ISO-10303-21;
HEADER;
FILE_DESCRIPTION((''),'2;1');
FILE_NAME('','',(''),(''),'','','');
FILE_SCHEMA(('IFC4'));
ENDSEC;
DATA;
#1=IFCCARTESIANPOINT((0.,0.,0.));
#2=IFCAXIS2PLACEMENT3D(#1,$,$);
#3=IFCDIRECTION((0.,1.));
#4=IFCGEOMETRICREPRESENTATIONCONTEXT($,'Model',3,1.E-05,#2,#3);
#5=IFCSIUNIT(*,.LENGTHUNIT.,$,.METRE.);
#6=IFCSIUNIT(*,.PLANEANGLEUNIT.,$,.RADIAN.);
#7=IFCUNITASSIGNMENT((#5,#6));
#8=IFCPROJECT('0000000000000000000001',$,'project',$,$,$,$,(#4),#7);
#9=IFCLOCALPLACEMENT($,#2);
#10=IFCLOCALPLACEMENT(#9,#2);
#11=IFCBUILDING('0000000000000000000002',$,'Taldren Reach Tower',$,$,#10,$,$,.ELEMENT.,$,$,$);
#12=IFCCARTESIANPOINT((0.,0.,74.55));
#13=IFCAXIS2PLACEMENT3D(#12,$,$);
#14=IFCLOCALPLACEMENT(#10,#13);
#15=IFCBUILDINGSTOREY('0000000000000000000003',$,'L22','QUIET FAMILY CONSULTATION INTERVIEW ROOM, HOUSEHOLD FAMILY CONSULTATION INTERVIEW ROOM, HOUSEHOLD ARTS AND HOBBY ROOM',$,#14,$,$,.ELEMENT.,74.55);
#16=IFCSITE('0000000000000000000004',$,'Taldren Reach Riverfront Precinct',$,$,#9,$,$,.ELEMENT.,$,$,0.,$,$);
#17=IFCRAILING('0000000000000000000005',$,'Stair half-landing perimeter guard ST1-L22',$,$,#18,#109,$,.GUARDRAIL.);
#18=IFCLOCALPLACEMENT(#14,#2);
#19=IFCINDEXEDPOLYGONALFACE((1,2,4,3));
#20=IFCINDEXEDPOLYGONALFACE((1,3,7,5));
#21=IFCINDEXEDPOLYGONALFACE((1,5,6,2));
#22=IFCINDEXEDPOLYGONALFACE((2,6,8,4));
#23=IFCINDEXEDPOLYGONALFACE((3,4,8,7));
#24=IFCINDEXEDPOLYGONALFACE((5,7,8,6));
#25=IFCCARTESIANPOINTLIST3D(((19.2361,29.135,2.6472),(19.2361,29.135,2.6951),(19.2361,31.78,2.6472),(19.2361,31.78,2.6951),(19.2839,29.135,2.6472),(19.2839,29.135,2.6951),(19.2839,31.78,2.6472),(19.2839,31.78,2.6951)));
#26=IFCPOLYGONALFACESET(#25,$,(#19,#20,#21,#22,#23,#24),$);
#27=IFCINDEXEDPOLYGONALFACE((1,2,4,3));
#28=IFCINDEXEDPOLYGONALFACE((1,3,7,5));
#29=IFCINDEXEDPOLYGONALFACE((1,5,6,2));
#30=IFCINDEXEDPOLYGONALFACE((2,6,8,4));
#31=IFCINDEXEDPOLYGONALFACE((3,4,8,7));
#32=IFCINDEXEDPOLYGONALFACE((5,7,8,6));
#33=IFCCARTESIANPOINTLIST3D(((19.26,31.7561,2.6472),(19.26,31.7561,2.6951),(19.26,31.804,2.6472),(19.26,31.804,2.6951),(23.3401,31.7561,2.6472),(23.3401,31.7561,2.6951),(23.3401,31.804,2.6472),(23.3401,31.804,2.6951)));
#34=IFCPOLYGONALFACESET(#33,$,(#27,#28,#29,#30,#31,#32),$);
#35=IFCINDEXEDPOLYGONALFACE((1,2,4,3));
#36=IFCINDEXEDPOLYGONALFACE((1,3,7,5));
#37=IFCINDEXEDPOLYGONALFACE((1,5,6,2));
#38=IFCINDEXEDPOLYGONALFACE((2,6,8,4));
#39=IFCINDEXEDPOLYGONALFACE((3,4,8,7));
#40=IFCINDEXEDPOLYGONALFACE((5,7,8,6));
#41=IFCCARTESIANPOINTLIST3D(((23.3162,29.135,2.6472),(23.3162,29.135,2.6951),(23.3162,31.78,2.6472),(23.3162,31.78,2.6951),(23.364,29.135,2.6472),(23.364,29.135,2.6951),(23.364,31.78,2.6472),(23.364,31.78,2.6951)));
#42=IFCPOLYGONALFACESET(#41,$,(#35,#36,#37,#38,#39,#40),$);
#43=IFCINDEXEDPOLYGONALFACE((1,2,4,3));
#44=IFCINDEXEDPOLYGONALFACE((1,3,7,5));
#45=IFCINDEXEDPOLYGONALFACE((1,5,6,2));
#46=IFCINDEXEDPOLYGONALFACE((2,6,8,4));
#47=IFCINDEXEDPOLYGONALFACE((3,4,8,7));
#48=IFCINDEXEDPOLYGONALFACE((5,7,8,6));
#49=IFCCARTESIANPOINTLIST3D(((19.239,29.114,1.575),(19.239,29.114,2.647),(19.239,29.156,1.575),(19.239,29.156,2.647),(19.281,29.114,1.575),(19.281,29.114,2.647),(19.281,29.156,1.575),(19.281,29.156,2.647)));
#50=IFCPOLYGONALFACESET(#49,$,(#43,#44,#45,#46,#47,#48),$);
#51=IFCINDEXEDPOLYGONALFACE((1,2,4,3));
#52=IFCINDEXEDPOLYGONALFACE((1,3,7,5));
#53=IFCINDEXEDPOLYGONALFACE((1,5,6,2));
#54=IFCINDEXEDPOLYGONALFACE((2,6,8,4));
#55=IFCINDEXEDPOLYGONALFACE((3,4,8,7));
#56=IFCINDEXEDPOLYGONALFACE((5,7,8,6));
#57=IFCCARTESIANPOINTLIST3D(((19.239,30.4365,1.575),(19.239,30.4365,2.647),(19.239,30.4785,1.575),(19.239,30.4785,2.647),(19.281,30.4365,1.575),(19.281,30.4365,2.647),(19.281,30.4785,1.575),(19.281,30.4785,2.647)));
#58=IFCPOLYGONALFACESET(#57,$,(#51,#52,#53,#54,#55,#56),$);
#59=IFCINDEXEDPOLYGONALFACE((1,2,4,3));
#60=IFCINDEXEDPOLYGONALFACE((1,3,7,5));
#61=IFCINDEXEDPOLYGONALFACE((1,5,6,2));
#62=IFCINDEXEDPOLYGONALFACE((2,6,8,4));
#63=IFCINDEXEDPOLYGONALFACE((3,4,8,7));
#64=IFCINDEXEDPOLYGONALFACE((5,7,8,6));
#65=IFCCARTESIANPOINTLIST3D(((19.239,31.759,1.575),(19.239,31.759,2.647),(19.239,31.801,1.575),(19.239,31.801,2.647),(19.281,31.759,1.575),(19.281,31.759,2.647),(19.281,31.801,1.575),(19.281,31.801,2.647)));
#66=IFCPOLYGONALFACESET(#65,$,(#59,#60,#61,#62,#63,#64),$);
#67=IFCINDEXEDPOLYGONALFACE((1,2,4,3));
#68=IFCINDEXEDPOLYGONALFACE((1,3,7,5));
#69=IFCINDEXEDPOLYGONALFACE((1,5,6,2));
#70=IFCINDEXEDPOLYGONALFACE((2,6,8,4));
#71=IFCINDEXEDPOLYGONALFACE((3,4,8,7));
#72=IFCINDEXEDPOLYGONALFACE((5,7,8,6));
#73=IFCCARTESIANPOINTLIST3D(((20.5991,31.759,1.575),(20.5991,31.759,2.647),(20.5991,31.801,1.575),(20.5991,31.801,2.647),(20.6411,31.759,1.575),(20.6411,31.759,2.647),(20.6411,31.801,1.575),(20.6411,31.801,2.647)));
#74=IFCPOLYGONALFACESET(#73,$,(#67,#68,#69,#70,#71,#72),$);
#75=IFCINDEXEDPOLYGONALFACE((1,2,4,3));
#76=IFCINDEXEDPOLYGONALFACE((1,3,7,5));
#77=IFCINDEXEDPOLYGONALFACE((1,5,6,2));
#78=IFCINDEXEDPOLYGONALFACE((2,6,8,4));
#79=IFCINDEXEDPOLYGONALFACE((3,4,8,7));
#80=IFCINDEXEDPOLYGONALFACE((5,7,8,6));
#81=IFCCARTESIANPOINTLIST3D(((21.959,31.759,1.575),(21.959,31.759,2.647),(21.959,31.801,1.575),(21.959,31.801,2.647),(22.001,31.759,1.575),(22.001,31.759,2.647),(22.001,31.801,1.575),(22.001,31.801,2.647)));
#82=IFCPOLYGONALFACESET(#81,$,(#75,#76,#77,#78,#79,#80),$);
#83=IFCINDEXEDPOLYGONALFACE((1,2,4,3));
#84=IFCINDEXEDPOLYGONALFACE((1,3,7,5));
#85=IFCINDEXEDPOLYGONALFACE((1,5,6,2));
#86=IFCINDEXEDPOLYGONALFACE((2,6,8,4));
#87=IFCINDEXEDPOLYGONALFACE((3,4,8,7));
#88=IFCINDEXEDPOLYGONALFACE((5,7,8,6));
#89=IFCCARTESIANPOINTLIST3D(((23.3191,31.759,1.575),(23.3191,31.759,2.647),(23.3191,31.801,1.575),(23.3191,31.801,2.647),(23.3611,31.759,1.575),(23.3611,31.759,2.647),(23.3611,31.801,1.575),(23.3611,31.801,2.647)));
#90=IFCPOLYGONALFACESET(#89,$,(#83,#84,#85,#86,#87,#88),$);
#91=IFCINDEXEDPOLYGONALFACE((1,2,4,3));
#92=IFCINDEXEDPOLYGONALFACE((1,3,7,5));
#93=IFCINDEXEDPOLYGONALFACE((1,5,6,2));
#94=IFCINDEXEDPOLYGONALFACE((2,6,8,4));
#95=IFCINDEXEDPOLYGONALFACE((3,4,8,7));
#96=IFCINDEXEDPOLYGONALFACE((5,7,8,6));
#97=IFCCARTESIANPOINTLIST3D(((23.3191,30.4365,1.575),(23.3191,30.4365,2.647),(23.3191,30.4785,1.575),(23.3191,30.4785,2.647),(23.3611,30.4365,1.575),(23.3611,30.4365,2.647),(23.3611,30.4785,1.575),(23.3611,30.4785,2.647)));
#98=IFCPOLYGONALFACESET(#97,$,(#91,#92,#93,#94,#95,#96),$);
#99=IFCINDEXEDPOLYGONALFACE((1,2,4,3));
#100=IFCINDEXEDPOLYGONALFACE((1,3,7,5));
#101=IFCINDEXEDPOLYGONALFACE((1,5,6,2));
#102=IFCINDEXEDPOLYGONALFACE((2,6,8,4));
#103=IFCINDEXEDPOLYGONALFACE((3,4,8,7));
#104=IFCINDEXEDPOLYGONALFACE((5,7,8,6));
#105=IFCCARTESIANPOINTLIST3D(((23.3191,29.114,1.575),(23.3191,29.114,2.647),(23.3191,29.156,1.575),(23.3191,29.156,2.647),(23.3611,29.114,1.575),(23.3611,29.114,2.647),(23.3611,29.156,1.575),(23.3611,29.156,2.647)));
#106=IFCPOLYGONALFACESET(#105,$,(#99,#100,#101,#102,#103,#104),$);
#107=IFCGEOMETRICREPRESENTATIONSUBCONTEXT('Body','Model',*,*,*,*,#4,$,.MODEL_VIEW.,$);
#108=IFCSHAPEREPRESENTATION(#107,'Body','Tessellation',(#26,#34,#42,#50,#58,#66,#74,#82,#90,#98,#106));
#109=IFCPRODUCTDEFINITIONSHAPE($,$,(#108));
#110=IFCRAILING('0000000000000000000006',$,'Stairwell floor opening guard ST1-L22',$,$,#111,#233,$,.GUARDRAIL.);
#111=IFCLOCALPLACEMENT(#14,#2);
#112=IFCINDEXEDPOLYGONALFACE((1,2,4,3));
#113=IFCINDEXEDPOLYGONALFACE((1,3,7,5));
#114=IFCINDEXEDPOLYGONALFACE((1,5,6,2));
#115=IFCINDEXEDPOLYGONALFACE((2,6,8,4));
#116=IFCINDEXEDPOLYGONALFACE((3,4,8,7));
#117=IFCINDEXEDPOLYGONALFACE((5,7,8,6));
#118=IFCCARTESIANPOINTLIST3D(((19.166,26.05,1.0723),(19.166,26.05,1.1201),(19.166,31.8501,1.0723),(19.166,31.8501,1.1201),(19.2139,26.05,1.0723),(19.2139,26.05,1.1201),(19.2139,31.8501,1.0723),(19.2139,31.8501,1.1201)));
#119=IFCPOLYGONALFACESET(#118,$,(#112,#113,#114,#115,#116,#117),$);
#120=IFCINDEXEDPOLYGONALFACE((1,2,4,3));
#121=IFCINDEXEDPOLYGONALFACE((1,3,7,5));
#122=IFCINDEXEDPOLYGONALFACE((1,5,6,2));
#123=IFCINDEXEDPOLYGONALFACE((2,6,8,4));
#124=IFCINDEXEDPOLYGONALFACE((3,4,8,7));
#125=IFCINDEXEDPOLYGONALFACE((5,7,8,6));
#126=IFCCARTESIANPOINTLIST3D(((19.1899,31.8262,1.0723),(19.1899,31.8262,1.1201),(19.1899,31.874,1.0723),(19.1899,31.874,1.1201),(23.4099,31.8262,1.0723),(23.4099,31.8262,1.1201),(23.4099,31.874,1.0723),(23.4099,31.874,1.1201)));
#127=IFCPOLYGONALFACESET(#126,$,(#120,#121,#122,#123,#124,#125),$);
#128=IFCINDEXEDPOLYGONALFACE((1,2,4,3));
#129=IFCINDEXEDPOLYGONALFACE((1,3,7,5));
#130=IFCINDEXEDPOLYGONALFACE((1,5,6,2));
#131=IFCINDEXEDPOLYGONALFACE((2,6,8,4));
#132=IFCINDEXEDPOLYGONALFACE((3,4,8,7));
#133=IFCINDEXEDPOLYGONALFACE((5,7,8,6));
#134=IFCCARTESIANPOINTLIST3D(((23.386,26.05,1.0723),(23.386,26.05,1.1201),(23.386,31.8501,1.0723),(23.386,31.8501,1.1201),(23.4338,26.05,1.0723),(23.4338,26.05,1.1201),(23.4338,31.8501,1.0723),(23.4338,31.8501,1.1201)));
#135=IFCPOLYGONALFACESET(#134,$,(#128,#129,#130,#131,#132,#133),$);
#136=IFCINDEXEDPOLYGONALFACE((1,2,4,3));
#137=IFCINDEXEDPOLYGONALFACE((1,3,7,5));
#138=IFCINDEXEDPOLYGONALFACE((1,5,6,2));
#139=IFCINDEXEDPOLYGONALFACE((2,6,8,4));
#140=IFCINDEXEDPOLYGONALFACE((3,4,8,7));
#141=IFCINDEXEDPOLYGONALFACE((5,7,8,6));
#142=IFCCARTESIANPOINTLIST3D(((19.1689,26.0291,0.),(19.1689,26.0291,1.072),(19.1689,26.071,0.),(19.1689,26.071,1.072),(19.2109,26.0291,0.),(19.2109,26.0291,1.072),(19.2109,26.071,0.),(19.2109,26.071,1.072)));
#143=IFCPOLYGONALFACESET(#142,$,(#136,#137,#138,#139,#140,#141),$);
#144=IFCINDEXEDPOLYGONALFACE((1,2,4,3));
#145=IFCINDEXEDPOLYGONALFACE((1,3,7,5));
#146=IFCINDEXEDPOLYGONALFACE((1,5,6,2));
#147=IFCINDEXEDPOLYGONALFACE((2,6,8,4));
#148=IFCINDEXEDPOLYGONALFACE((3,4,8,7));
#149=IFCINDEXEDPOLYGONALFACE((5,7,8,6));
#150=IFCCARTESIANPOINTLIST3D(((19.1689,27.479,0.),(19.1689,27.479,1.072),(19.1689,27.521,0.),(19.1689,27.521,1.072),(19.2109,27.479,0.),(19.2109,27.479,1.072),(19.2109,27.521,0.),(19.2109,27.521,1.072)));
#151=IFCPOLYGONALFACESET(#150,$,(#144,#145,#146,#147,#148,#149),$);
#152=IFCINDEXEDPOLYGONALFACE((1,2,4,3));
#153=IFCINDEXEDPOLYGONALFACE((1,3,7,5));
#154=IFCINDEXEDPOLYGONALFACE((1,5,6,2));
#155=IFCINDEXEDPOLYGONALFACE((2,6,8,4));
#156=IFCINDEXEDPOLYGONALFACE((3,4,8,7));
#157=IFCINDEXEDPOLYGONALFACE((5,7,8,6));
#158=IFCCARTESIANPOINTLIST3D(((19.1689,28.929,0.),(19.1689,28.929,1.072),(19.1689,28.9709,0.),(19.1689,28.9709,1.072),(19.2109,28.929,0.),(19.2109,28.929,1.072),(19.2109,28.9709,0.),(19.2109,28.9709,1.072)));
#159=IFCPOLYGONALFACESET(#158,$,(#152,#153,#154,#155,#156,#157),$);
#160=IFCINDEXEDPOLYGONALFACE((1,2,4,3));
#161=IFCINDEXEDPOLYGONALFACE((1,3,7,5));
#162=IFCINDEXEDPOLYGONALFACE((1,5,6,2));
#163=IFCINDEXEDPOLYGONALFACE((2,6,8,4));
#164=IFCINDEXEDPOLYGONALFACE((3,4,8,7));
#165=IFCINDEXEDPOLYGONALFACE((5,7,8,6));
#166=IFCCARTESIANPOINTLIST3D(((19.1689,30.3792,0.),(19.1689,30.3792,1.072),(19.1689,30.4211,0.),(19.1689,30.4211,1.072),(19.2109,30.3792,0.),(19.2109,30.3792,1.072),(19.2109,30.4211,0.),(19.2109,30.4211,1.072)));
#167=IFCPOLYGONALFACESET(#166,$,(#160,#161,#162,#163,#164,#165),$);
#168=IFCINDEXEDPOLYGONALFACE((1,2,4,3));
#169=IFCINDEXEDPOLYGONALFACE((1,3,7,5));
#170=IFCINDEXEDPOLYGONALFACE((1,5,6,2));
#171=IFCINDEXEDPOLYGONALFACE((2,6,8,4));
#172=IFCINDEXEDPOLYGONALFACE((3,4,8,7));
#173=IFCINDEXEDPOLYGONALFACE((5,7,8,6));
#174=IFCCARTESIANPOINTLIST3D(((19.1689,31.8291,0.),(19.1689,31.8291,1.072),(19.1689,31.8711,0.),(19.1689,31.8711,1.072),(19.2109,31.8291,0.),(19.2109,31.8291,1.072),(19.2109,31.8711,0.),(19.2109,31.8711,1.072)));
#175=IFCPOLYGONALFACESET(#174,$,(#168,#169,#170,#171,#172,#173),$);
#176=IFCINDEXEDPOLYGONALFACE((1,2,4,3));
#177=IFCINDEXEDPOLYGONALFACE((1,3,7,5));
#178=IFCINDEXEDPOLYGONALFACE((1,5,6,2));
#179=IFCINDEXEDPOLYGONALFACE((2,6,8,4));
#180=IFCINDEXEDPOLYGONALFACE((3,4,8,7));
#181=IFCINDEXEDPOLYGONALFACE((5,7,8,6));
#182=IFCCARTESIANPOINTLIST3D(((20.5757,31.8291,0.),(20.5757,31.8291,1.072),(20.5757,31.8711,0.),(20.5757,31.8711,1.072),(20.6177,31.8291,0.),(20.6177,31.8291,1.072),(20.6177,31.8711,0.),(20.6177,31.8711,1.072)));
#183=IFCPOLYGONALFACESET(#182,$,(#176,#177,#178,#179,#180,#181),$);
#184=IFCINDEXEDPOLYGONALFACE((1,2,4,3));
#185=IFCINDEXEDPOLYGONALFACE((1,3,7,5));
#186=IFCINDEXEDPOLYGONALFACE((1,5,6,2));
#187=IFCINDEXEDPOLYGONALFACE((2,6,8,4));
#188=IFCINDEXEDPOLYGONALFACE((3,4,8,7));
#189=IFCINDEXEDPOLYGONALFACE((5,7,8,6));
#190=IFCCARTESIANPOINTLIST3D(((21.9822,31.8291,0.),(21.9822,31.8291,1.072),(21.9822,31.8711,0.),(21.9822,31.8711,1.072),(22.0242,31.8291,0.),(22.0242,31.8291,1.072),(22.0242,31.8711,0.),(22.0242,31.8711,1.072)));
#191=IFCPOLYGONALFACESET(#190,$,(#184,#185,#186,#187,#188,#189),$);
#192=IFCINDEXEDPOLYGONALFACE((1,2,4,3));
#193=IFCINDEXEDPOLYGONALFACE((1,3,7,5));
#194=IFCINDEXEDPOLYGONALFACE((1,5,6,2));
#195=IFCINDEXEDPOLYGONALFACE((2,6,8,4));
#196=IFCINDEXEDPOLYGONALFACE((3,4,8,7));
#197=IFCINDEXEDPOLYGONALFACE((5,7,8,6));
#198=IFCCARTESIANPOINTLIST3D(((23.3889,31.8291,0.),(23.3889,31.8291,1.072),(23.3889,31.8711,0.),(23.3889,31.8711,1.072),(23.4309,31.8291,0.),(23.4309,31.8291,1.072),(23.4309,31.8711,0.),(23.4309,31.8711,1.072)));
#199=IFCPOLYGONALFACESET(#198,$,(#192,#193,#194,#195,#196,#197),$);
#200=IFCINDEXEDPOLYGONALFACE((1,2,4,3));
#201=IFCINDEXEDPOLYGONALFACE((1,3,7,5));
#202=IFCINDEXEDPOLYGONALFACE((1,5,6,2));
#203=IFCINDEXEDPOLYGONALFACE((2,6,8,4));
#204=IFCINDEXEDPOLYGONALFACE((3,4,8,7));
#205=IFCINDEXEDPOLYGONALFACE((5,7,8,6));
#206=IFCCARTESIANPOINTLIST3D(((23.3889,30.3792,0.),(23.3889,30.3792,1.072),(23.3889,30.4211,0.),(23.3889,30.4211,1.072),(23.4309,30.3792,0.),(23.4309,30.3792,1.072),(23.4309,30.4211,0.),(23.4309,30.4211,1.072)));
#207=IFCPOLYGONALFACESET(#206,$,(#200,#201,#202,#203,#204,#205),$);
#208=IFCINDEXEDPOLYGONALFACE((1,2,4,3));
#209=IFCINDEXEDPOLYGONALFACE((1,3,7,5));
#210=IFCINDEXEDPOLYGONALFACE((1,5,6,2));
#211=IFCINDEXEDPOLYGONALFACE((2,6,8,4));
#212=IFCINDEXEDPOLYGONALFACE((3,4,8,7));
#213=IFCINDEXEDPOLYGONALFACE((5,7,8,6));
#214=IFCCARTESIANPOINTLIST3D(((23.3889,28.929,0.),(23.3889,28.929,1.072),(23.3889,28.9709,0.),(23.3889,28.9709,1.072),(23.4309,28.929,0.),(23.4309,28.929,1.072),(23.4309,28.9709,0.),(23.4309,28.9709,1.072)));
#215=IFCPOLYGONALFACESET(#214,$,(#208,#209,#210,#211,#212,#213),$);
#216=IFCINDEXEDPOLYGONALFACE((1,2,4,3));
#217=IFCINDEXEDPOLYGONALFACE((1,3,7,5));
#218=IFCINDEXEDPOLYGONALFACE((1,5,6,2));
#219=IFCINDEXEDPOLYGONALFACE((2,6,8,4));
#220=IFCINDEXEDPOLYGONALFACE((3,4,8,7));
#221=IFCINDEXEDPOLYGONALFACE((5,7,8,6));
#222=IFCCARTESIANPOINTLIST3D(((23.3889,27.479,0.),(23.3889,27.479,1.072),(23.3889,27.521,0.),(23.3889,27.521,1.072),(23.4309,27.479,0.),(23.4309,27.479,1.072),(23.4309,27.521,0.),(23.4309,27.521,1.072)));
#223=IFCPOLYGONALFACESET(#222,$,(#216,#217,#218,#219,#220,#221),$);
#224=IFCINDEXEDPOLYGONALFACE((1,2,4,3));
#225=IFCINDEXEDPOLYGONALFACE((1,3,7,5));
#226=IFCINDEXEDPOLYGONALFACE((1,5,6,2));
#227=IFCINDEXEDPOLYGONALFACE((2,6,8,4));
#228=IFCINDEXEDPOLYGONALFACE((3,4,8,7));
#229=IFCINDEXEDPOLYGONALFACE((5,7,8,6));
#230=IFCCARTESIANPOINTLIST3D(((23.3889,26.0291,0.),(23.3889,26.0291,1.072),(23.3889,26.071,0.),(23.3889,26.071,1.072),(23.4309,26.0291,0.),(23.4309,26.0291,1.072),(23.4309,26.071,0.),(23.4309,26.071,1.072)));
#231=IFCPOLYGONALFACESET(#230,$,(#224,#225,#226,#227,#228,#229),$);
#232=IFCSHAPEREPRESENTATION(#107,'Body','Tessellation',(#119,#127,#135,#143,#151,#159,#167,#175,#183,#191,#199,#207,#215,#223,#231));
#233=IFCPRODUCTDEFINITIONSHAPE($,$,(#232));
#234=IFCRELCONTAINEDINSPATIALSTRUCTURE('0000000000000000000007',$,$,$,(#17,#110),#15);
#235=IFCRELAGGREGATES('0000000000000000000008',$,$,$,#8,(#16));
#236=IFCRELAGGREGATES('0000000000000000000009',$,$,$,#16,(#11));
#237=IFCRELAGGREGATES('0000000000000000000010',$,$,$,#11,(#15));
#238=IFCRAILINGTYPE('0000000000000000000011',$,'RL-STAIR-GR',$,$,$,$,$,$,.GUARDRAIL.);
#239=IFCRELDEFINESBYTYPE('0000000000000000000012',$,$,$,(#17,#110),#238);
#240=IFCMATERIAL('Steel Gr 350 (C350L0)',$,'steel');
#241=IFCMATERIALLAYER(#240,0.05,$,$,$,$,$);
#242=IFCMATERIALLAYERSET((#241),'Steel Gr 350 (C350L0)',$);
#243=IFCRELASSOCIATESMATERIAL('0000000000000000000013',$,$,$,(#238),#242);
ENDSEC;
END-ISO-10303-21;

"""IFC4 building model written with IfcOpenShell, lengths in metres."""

from ifc_helpers import new_model, si_unit, direction, frame, origin, origin_2d, place, context, subcontext, project, spatial, rectangle, extrude, material, layer, layer_set, type_object, element, save


model = new_model("IFC4")

# Units and contexts
model_context = context("Model", 3, precision=1e-05, world=origin(), true_north=direction((0.0, 1.0)))
body_context = subcontext(model_context, "Body", "Model", "MODEL_VIEW")
ifc_project = project(units=[si_unit("LENGTHUNIT", "METRE"), si_unit("PLANEANGLEUNIT", "RADIAN")], contexts=[model_context])

# Site, building, storey
site_placement = place(None, origin())
site = spatial("IfcSite", under=ifc_project, at=site_placement, Name="Taldren Reach Riverfront Precinct", CompositionType="ELEMENT", RefElevation=0.0)
building_placement = place(site_placement, origin())
building = spatial("IfcBuilding", under=site, at=building_placement, Name="Taldren Reach Tower", CompositionType="ELEMENT")
storey_placement = place(building_placement, frame((0.0, 0.0, 74.55)))
storey = spatial("IfcBuildingStorey", under=building, at=storey_placement, Name="L22", Description="QUIET FAMILY CONSULTATION INTERVIEW ROOM, HOUSEHOLD FAMILY CONSULTATION INTERVIEW ROOM, HOUSEHOLD ARTS AND HOBBY ROOM", CompositionType="ELEMENT", Elevation=74.55)

# Shared definitions
ifc_material_1 = material(Name="Steel Gr 350 (C350L0)", Category="steel")

# Railings
ifc_layer_1 = layer(ifc_material_1, 0.05)
ifc_layer_set_1 = layer_set([ifc_layer_1], Name="Steel Gr 350 (C350L0)")
railing_type_1 = type_object("IfcRailingType", Name="RL-STAIR-GR", PredefinedType="GUARDRAIL", material=ifc_layer_set_1)
railing_1_placement = place(storey_placement, frame((19.26, 29.135, 1.575)))
element("IfcRailing", 1, at=railing_1_placement, inside=storey, type_object=railing_type_1, Name="Stair half-landing perimeter guard ST1-L22", PredefinedType="GUARDRAIL", context=body_context, shape_type="SweptSolid", body=[
    extrude(rectangle(XDim=0.0479, YDim=0.0479, at=origin_2d()), frame((0.0, 0.0, 1.0962), z_axis=(0.0, 1.0, 0.0), x_axis=(-1.0, 0.0, 0.0)), (0.0, 0.0, 1.0), 2.645),
    extrude(rectangle(XDim=0.0479, YDim=0.0479, at=origin_2d()), frame((0.0, 2.645, 1.0962), z_axis=(1.0, 0.0, 0.0), x_axis=(0.0, 1.0, 0.0)), (0.0, 0.0, 1.0), 4.0801),
    extrude(rectangle(XDim=0.0479, YDim=0.0479, at=origin_2d()), frame((4.0801, 2.645, 1.0962), z_axis=(0.0, -1.0, 0.0), x_axis=(1.0, 0.0, 0.0)), (0.0, 0.0, 1.0), 2.645),
    extrude(rectangle(XDim=0.042, YDim=0.042, at=origin_2d()), origin(), (0.0, 0.0, 1.0), 1.072),
    extrude(rectangle(XDim=0.042, YDim=0.042, at=origin_2d()), frame((0.0, 1.3225, 0.0)), (0.0, 0.0, 1.0), 1.072),
    extrude(rectangle(XDim=0.042, YDim=0.042, at=origin_2d()), frame((0.0, 2.645, 0.0)), (0.0, 0.0, 1.0), 1.072),
    extrude(rectangle(XDim=0.042, YDim=0.042, at=origin_2d()), frame((1.3601, 2.645, 0.0)), (0.0, 0.0, 1.0), 1.072),
    extrude(rectangle(XDim=0.042, YDim=0.042, at=origin_2d()), frame((2.72, 2.645, 0.0)), (0.0, 0.0, 1.0), 1.072),
    extrude(rectangle(XDim=0.042, YDim=0.042, at=origin_2d()), frame((4.0801, 2.645, 0.0)), (0.0, 0.0, 1.0), 1.072),
    extrude(rectangle(XDim=0.042, YDim=0.042, at=origin_2d()), frame((4.0801, 1.3225, 0.0)), (0.0, 0.0, 1.0), 1.072),
    extrude(rectangle(XDim=0.042, YDim=0.042, at=origin_2d()), frame((4.0801, 0.0, 0.0)), (0.0, 0.0, 1.0), 1.072),
])
railing_2_placement = place(storey_placement, frame((19.1899, 26.05, 0.0)))
element("IfcRailing", 2, at=railing_2_placement, inside=storey, type_object=railing_type_1, Name="Stairwell floor opening guard ST1-L22", PredefinedType="GUARDRAIL", context=body_context, shape_type="SweptSolid", body=[
    extrude(rectangle(XDim=0.0479, YDim=0.0479, at=origin_2d()), frame((0.0, 0.0, 1.0962), z_axis=(0.0, 1.0, 0.0), x_axis=(-1.0, 0.0, 0.0)), (0.0, 0.0, 1.0), 5.8),
    extrude(rectangle(XDim=0.0479, YDim=0.0479, at=origin_2d()), frame((0.0, 5.8, 1.0962), z_axis=(1.0, 0.0, 0.0), x_axis=(0.0, 1.0, 0.0)), (0.0, 0.0, 1.0), 4.22),
    extrude(rectangle(XDim=0.0479, YDim=0.0479, at=origin_2d()), frame((4.22, 5.8, 1.0962), z_axis=(0.0, -1.0, 0.0), x_axis=(1.0, 0.0, 0.0)), (0.0, 0.0, 1.0), 5.8),
    extrude(rectangle(XDim=0.042, YDim=0.042, at=origin_2d()), origin(), (0.0, 0.0, 1.0), 1.072),
    extrude(rectangle(XDim=0.042, YDim=0.042, at=origin_2d()), frame((0.0, 1.45, 0.0)), (0.0, 0.0, 1.0), 1.072),
    extrude(rectangle(XDim=0.042, YDim=0.042, at=origin_2d()), frame((0.0, 2.8999, 0.0)), (0.0, 0.0, 1.0), 1.072),
    extrude(rectangle(XDim=0.042, YDim=0.042, at=origin_2d()), frame((0.0, 4.3501, 0.0)), (0.0, 0.0, 1.0), 1.072),
    extrude(rectangle(XDim=0.042, YDim=0.042, at=origin_2d()), frame((0.0, 5.8, 0.0)), (0.0, 0.0, 1.0), 1.072),
    extrude(rectangle(XDim=0.042, YDim=0.042, at=origin_2d()), frame((1.4067, 5.8, 0.0)), (0.0, 0.0, 1.0), 1.072),
    extrude(rectangle(XDim=0.042, YDim=0.042, at=origin_2d()), frame((2.8132, 5.8, 0.0)), (0.0, 0.0, 1.0), 1.072),
    extrude(rectangle(XDim=0.042, YDim=0.042, at=origin_2d()), frame((4.22, 5.8, 0.0)), (0.0, 0.0, 1.0), 1.072),
    extrude(rectangle(XDim=0.042, YDim=0.042, at=origin_2d()), frame((4.22, 4.3501, 0.0)), (0.0, 0.0, 1.0), 1.072),
    extrude(rectangle(XDim=0.042, YDim=0.042, at=origin_2d()), frame((4.22, 2.8999, 0.0)), (0.0, 0.0, 1.0), 1.072),
    extrude(rectangle(XDim=0.042, YDim=0.042, at=origin_2d()), frame((4.22, 1.45, 0.0)), (0.0, 0.0, 1.0), 1.072),
    extrude(rectangle(XDim=0.042, YDim=0.042, at=origin_2d()), frame((4.22, 0.0, 0.0)), (0.0, 0.0, 1.0), 1.072),
])

save(model, "model.ifc")
